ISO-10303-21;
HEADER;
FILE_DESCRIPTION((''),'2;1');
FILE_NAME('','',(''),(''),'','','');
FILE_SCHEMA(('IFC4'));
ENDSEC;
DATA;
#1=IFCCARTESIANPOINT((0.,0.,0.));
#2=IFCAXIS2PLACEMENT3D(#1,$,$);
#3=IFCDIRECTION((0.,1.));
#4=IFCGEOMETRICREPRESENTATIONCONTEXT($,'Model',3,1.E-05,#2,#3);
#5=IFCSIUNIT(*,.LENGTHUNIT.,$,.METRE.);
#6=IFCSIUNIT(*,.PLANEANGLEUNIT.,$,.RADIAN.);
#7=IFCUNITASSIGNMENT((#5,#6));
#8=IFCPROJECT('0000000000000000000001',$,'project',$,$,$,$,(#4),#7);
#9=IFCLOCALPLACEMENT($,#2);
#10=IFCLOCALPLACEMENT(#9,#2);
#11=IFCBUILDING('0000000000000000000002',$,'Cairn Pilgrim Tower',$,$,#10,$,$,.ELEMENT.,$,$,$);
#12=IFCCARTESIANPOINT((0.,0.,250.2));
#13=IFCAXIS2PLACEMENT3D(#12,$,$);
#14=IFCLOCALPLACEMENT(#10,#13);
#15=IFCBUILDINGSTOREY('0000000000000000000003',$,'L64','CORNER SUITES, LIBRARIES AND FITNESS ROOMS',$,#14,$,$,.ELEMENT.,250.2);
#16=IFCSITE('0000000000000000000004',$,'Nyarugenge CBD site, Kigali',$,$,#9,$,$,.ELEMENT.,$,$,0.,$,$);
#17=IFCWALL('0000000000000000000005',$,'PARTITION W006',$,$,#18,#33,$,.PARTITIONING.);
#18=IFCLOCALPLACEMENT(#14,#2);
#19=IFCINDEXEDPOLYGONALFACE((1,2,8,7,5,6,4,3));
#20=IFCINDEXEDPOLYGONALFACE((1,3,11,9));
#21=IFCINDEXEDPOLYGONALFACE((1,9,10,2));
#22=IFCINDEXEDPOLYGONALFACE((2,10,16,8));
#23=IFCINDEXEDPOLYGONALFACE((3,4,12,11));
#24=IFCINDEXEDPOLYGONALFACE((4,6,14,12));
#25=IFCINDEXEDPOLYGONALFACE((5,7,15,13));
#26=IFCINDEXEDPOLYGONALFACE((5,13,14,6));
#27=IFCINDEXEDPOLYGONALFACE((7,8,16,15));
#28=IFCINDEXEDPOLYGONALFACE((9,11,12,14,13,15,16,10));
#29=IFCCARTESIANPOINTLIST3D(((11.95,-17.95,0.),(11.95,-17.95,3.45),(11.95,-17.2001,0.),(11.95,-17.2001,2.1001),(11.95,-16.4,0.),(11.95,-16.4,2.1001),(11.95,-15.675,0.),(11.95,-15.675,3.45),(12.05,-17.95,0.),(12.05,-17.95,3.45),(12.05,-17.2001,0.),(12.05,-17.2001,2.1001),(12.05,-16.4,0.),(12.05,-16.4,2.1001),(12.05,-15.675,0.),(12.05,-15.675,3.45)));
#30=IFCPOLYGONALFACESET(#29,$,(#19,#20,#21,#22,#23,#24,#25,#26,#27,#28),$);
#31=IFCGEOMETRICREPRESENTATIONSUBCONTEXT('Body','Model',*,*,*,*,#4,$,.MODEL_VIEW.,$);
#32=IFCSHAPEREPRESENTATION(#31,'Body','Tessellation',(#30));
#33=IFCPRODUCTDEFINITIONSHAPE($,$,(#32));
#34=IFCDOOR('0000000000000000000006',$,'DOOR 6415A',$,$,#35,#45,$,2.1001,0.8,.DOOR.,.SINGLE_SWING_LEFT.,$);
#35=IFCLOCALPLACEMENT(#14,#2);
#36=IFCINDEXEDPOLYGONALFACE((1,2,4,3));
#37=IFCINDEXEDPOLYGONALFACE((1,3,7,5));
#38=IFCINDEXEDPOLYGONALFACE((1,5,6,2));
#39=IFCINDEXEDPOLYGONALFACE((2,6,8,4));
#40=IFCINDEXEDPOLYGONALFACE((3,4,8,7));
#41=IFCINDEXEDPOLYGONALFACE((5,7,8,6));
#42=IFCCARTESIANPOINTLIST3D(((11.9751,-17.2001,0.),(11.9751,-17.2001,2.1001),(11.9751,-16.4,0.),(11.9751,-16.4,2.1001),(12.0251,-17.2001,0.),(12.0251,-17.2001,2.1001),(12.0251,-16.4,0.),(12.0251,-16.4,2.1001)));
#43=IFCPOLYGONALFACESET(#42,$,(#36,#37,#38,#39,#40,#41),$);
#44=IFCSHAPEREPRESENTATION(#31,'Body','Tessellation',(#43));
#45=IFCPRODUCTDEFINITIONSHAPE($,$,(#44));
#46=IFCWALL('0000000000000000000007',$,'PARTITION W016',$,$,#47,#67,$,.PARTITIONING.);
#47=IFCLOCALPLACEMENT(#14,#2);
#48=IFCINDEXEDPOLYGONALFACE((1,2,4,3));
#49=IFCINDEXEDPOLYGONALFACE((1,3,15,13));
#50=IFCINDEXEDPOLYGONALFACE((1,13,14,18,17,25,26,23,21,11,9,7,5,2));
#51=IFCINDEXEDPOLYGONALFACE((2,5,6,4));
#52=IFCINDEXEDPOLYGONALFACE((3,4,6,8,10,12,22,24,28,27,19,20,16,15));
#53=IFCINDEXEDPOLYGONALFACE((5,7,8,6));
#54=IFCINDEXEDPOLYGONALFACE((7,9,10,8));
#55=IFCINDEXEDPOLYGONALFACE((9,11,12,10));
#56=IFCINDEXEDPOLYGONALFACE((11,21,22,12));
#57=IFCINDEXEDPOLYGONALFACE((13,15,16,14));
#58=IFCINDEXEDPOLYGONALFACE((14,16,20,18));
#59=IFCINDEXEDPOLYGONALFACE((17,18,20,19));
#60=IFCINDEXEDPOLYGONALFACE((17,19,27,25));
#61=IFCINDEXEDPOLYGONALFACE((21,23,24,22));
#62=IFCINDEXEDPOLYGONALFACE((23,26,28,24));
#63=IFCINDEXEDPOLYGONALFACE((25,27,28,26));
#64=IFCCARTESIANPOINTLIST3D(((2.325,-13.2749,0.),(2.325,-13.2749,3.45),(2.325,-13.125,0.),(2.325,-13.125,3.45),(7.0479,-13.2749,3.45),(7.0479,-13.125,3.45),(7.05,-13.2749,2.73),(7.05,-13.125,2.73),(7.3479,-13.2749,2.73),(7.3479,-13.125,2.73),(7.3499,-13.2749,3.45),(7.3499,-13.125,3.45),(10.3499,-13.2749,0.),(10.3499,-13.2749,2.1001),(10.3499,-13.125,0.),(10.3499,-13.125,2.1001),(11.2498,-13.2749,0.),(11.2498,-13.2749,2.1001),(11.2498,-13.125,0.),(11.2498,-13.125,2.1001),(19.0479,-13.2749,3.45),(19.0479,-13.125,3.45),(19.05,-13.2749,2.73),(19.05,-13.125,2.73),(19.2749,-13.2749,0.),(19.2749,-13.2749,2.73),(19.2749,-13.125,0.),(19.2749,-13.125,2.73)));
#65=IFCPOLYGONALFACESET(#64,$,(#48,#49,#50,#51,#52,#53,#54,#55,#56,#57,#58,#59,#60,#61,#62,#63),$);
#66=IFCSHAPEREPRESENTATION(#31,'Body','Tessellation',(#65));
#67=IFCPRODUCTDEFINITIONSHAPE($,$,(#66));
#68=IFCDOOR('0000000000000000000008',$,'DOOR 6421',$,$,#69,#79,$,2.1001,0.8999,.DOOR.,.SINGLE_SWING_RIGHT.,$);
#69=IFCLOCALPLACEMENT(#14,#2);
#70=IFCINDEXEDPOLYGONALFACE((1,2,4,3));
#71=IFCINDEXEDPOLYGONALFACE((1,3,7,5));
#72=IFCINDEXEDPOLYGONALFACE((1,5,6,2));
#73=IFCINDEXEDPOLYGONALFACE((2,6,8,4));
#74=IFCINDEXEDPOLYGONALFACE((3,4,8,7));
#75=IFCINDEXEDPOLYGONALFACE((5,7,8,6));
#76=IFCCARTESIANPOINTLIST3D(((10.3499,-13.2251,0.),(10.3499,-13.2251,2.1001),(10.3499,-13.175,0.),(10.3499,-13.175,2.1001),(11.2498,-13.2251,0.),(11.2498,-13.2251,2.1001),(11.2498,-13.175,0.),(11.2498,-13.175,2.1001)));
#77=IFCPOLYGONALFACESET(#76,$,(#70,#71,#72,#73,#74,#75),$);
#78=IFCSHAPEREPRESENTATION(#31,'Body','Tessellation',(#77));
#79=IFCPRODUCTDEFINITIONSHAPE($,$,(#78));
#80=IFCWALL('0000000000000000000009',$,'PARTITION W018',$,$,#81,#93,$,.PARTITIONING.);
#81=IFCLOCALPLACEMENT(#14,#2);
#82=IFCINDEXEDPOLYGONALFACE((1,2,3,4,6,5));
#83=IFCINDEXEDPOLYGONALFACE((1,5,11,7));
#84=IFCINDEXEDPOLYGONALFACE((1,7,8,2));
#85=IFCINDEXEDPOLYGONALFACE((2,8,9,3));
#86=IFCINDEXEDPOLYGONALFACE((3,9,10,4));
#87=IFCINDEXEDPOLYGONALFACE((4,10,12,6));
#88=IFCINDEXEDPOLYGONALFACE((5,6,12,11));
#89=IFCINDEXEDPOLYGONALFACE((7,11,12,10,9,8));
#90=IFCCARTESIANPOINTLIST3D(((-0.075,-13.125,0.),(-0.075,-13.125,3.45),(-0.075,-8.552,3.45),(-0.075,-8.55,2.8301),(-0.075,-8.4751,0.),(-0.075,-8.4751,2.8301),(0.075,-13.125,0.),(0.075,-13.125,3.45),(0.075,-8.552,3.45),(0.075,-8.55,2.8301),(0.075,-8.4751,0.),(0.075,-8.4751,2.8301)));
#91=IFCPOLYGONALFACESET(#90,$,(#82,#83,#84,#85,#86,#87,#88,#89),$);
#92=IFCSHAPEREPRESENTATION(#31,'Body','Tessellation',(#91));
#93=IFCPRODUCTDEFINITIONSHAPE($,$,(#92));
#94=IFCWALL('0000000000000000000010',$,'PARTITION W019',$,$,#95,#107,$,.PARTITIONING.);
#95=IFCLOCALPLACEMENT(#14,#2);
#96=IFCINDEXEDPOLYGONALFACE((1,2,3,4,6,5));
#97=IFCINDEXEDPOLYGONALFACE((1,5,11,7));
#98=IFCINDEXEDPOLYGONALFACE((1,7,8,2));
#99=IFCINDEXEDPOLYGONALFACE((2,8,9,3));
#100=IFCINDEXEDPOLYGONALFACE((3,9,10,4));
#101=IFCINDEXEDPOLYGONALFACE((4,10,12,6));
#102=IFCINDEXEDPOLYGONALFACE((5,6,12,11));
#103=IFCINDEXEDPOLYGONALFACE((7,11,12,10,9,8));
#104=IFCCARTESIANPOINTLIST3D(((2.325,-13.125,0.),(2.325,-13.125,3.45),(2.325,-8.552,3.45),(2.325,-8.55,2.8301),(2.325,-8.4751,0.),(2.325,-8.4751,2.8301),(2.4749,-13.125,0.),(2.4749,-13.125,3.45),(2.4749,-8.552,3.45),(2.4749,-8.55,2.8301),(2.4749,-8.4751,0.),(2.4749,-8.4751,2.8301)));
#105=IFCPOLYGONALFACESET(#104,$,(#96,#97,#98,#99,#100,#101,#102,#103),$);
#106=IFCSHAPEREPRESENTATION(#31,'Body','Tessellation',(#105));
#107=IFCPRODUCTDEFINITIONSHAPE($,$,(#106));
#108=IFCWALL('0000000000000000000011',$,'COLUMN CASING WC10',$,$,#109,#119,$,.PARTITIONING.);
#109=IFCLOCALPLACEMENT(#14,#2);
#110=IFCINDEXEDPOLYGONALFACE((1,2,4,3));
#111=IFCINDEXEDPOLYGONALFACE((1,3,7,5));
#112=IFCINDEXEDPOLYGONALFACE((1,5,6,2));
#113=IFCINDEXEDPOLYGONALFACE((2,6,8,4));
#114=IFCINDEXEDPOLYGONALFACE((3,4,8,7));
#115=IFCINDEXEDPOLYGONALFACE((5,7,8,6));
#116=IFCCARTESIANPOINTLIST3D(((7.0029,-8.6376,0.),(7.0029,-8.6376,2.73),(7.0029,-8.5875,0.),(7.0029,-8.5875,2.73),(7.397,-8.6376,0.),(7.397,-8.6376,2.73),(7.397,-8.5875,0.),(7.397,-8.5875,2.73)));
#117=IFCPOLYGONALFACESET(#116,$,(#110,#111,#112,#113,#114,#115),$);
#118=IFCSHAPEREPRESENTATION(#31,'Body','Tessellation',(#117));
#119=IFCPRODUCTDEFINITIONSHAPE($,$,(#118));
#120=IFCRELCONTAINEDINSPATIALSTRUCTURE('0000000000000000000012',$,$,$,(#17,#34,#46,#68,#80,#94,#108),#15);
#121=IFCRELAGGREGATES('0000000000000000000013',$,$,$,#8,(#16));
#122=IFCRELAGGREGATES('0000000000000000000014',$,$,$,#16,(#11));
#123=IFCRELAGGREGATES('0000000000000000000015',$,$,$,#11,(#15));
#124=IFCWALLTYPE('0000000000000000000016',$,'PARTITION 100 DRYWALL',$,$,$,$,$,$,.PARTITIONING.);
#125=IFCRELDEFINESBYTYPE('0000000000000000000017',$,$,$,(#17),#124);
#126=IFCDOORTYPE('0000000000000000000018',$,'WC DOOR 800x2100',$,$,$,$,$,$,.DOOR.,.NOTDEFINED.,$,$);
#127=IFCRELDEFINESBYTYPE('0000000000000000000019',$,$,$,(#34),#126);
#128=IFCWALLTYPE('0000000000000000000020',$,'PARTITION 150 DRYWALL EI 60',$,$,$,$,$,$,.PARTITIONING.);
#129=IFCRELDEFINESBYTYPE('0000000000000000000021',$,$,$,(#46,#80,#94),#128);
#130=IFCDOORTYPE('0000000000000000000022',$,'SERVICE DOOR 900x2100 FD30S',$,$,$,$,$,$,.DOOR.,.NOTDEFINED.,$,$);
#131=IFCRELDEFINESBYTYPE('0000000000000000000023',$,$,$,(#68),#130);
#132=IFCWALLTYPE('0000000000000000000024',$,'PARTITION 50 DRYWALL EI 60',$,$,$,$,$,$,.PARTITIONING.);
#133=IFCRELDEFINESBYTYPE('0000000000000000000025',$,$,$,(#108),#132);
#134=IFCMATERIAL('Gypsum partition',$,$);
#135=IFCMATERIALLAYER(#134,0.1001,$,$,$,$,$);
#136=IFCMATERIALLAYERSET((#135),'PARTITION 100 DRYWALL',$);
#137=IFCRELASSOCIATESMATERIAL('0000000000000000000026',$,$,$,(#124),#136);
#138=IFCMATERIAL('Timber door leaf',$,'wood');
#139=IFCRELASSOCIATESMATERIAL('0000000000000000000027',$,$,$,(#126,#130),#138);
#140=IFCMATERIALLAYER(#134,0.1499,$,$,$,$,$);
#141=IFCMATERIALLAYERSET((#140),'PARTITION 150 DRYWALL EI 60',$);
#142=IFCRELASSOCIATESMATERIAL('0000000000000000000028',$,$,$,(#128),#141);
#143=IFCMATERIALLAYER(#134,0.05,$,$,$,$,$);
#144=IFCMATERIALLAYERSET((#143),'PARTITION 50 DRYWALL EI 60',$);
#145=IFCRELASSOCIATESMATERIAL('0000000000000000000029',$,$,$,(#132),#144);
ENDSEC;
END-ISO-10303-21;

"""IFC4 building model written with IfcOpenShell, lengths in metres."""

from ifc_helpers import new_model, si_unit, direction, frame, frame_2d, origin, place, context, subcontext, project, spatial, polyline, rectangle, outline, extrude, material, layer, layer_set, type_object, element, fill, save


model = new_model("IFC4")

# Units and contexts
model_context = context("Model", 3, precision=1e-05, world=origin(), true_north=direction((0.0, 1.0)))
body_context = subcontext(model_context, "Body", "Model", "MODEL_VIEW")
ifc_project = project(units=[si_unit("LENGTHUNIT", "METRE"), si_unit("PLANEANGLEUNIT", "RADIAN")], contexts=[model_context])

# Site, building, storey
site_placement = place(None, origin())
site = spatial("IfcSite", under=ifc_project, at=site_placement, Name="Nyarugenge CBD site, Kigali", CompositionType="ELEMENT", RefElevation=0.0)
building_placement = place(site_placement, origin())
building = spatial("IfcBuilding", under=site, at=building_placement, Name="Cairn Pilgrim Tower", CompositionType="ELEMENT")
storey_placement = place(building_placement, frame((0.0, 0.0, 250.2)))
storey = spatial("IfcBuildingStorey", under=building, at=storey_placement, Name="L64", Description="CORNER SUITES, LIBRARIES AND FITNESS ROOMS", CompositionType="ELEMENT", Elevation=250.2)

# Shared definitions
ifc_material_1 = material(Name="Gypsum partition")
ifc_layer_1 = layer(ifc_material_1, 0.1001)
ifc_layer_set_1 = layer_set([ifc_layer_1], Name="PARTITION 100 DRYWALL")
wall_type_1 = type_object("IfcWallType", Name="PARTITION 100 DRYWALL", PredefinedType="PARTITIONING", material=ifc_layer_set_1)

# Walls, openings, doors
wall_1_placement = place(storey_placement, frame((12.0, -17.95, 0.0), z_axis=(0.0, 0.0, 1.0), x_axis=(0.0, 1.0, 0.0)))
wall_1 = element("IfcWall", 1, at=wall_1_placement, inside=storey, type_object=wall_type_1, Name="PARTITION W006", PredefinedType="PARTITIONING", context=body_context, shape_type="SweptSolid", body=[
    extrude(rectangle(XDim=2.2749, YDim=0.1001, at=frame_2d((1.1375, 0.0))), origin(), (0.0, 0.0, 1.0), 3.45),
])
opening_1_placement = place(wall_1_placement, frame((0.75, 0.0, 0.0)))
opening_1 = element("IfcOpeningElement", 2, at=opening_1_placement, cuts=wall_1, PredefinedType="OPENING", context=body_context, shape_type="SweptSolid", body=[
    extrude(rectangle(XDim=0.8, YDim=2.1001, at=frame_2d((0.3999, 1.05))), frame((0.0, 0.0601, 0.0), z_axis=(0.0, -1.0, 0.0), x_axis=(1.0, 0.0, 0.0)), (0.0, 0.0, 1.0), 0.1201),
])
ifc_material_2 = material(Name="Timber door leaf", Category="wood")
door_type_1 = type_object("IfcDoorType", Name="WC DOOR 800x2100", OperationType="NOTDEFINED", PredefinedType="DOOR", material=ifc_material_2)
door_1_placement = place(opening_1_placement, origin())
door_1 = element("IfcDoor", 3, at=door_1_placement, inside=storey, type_object=door_type_1, Name="DOOR 6415A", OperationType="SINGLE_SWING_LEFT", OverallHeight=2.1001, OverallWidth=0.8, PredefinedType="DOOR", context=body_context, shape_type="SweptSolid", body=[
    extrude(rectangle(XDim=0.8, YDim=2.1001, at=frame_2d((0.3999, 1.05))), frame((0.0, 0.0249, 0.0), z_axis=(0.0, -1.0, 0.0), x_axis=(1.0, 0.0, 0.0)), (0.0, 0.0, 1.0), 0.05),
])
fill(opening_1, door_1)
ifc_layer_2 = layer(ifc_material_1, 0.1499)
ifc_layer_set_2 = layer_set([ifc_layer_2], Name="PARTITION 150 DRYWALL EI 60")
wall_type_2 = type_object("IfcWallType", Name="PARTITION 150 DRYWALL EI 60", PredefinedType="PARTITIONING", material=ifc_layer_set_2)
wall_2_placement = place(storey_placement, frame((2.325, -13.2, 0.0), z_axis=(0.0, 0.0, 1.0), x_axis=(1.0, 0.0, 0.0)))
wall_2 = element("IfcWall", 4, at=wall_2_placement, inside=storey, type_object=wall_type_2, Name="PARTITION W016", PredefinedType="PARTITIONING", context=body_context, shape_type="SweptSolid", body=[
    extrude(outline(polyline([(0.0, 0.0), (16.95, 0.0), (16.95, 2.73), (16.7251, 2.73), (16.7229, 3.45), (5.0249, 3.45), (5.0229, 2.73), (4.7251, 2.73), (4.7229, 3.45), (0.0, 3.45), (0.0, 0.0)])), frame((0.0, 0.075, 0.0), z_axis=(0.0, -1.0, 0.0), x_axis=(1.0, 0.0, 0.0)), (0.0, 0.0, 1.0), 0.1499),
])
opening_2_placement = place(wall_2_placement, frame((8.0249, 0.0, 0.0)))
opening_2 = element("IfcOpeningElement", 5, at=opening_2_placement, cuts=wall_2, PredefinedType="OPENING", context=body_context, shape_type="SweptSolid", body=[
    extrude(rectangle(XDim=0.8999, YDim=2.1001, at=frame_2d((0.45, 1.05))), frame((0.0, 0.085, 0.0), z_axis=(0.0, -1.0, 0.0), x_axis=(1.0, 0.0, 0.0)), (0.0, 0.0, 1.0), 0.1699),
])
door_type_2 = type_object("IfcDoorType", Name="SERVICE DOOR 900x2100 FD30S", OperationType="NOTDEFINED", PredefinedType="DOOR", material=ifc_material_2)
door_2_placement = place(opening_2_placement, origin())
door_2 = element("IfcDoor", 6, at=door_2_placement, inside=storey, type_object=door_type_2, Name="DOOR 6421", OperationType="SINGLE_SWING_RIGHT", OverallHeight=2.1001, OverallWidth=0.8999, PredefinedType="DOOR", context=body_context, shape_type="SweptSolid", body=[
    extrude(rectangle(XDim=0.8999, YDim=2.1001, at=frame_2d((0.45, 1.05))), frame((0.0, 0.0249, 0.0), z_axis=(0.0, -1.0, 0.0), x_axis=(1.0, 0.0, 0.0)), (0.0, 0.0, 1.0), 0.05),
])
fill(opening_2, door_2)

# Walls
for number, where, z_axis, x_axis, name in (
    (7, (0.0, -13.125, 0.0), (0.0, 0.0, 1.0), (0.0, 1.0, 0.0), "PARTITION W018"),
    (8, (2.3999, -13.125, 0.0), (0.0, 0.0, 1.0), (0.0, 1.0, 0.0), "PARTITION W019"),
):
    element("IfcWall", number, at=place(storey_placement, frame(where, z_axis=z_axis, x_axis=x_axis)), inside=storey, type_object=wall_type_2, Name=name, PredefinedType="PARTITIONING", context=body_context, shape_type="SweptSolid", body=[
        extrude(outline(polyline([(0.0, 0.0), (4.6499, 0.0), (4.6499, 2.8301), (4.575, 2.8301), (4.573, 3.45), (0.0, 3.45), (0.0, 0.0)])), frame((0.0, 0.075, 0.0), z_axis=(0.0, -1.0, 0.0), x_axis=(1.0, 0.0, 0.0)), (0.0, 0.0, 1.0), 0.1499),
    ])
ifc_layer_3 = layer(ifc_material_1, 0.05)
ifc_layer_set_3 = layer_set([ifc_layer_3], Name="PARTITION 50 DRYWALL EI 60")
wall_type_3 = type_object("IfcWallType", Name="PARTITION 50 DRYWALL EI 60", PredefinedType="PARTITIONING", material=ifc_layer_set_3)
wall_3_placement = place(storey_placement, frame((7.0029, -8.6125, 0.0), z_axis=(0.0, 0.0, 1.0), x_axis=(1.0, 0.0, 0.0)))
element("IfcWall", 9, at=wall_3_placement, inside=storey, type_object=wall_type_3, Name="COLUMN CASING WC10", PredefinedType="PARTITIONING", context=body_context, shape_type="SweptSolid", body=[
    extrude(rectangle(XDim=0.394, YDim=0.05, at=frame_2d((0.197, 0.0))), origin(), (0.0, 0.0, 1.0), 2.73),
])

save(model, "model.ifc")
